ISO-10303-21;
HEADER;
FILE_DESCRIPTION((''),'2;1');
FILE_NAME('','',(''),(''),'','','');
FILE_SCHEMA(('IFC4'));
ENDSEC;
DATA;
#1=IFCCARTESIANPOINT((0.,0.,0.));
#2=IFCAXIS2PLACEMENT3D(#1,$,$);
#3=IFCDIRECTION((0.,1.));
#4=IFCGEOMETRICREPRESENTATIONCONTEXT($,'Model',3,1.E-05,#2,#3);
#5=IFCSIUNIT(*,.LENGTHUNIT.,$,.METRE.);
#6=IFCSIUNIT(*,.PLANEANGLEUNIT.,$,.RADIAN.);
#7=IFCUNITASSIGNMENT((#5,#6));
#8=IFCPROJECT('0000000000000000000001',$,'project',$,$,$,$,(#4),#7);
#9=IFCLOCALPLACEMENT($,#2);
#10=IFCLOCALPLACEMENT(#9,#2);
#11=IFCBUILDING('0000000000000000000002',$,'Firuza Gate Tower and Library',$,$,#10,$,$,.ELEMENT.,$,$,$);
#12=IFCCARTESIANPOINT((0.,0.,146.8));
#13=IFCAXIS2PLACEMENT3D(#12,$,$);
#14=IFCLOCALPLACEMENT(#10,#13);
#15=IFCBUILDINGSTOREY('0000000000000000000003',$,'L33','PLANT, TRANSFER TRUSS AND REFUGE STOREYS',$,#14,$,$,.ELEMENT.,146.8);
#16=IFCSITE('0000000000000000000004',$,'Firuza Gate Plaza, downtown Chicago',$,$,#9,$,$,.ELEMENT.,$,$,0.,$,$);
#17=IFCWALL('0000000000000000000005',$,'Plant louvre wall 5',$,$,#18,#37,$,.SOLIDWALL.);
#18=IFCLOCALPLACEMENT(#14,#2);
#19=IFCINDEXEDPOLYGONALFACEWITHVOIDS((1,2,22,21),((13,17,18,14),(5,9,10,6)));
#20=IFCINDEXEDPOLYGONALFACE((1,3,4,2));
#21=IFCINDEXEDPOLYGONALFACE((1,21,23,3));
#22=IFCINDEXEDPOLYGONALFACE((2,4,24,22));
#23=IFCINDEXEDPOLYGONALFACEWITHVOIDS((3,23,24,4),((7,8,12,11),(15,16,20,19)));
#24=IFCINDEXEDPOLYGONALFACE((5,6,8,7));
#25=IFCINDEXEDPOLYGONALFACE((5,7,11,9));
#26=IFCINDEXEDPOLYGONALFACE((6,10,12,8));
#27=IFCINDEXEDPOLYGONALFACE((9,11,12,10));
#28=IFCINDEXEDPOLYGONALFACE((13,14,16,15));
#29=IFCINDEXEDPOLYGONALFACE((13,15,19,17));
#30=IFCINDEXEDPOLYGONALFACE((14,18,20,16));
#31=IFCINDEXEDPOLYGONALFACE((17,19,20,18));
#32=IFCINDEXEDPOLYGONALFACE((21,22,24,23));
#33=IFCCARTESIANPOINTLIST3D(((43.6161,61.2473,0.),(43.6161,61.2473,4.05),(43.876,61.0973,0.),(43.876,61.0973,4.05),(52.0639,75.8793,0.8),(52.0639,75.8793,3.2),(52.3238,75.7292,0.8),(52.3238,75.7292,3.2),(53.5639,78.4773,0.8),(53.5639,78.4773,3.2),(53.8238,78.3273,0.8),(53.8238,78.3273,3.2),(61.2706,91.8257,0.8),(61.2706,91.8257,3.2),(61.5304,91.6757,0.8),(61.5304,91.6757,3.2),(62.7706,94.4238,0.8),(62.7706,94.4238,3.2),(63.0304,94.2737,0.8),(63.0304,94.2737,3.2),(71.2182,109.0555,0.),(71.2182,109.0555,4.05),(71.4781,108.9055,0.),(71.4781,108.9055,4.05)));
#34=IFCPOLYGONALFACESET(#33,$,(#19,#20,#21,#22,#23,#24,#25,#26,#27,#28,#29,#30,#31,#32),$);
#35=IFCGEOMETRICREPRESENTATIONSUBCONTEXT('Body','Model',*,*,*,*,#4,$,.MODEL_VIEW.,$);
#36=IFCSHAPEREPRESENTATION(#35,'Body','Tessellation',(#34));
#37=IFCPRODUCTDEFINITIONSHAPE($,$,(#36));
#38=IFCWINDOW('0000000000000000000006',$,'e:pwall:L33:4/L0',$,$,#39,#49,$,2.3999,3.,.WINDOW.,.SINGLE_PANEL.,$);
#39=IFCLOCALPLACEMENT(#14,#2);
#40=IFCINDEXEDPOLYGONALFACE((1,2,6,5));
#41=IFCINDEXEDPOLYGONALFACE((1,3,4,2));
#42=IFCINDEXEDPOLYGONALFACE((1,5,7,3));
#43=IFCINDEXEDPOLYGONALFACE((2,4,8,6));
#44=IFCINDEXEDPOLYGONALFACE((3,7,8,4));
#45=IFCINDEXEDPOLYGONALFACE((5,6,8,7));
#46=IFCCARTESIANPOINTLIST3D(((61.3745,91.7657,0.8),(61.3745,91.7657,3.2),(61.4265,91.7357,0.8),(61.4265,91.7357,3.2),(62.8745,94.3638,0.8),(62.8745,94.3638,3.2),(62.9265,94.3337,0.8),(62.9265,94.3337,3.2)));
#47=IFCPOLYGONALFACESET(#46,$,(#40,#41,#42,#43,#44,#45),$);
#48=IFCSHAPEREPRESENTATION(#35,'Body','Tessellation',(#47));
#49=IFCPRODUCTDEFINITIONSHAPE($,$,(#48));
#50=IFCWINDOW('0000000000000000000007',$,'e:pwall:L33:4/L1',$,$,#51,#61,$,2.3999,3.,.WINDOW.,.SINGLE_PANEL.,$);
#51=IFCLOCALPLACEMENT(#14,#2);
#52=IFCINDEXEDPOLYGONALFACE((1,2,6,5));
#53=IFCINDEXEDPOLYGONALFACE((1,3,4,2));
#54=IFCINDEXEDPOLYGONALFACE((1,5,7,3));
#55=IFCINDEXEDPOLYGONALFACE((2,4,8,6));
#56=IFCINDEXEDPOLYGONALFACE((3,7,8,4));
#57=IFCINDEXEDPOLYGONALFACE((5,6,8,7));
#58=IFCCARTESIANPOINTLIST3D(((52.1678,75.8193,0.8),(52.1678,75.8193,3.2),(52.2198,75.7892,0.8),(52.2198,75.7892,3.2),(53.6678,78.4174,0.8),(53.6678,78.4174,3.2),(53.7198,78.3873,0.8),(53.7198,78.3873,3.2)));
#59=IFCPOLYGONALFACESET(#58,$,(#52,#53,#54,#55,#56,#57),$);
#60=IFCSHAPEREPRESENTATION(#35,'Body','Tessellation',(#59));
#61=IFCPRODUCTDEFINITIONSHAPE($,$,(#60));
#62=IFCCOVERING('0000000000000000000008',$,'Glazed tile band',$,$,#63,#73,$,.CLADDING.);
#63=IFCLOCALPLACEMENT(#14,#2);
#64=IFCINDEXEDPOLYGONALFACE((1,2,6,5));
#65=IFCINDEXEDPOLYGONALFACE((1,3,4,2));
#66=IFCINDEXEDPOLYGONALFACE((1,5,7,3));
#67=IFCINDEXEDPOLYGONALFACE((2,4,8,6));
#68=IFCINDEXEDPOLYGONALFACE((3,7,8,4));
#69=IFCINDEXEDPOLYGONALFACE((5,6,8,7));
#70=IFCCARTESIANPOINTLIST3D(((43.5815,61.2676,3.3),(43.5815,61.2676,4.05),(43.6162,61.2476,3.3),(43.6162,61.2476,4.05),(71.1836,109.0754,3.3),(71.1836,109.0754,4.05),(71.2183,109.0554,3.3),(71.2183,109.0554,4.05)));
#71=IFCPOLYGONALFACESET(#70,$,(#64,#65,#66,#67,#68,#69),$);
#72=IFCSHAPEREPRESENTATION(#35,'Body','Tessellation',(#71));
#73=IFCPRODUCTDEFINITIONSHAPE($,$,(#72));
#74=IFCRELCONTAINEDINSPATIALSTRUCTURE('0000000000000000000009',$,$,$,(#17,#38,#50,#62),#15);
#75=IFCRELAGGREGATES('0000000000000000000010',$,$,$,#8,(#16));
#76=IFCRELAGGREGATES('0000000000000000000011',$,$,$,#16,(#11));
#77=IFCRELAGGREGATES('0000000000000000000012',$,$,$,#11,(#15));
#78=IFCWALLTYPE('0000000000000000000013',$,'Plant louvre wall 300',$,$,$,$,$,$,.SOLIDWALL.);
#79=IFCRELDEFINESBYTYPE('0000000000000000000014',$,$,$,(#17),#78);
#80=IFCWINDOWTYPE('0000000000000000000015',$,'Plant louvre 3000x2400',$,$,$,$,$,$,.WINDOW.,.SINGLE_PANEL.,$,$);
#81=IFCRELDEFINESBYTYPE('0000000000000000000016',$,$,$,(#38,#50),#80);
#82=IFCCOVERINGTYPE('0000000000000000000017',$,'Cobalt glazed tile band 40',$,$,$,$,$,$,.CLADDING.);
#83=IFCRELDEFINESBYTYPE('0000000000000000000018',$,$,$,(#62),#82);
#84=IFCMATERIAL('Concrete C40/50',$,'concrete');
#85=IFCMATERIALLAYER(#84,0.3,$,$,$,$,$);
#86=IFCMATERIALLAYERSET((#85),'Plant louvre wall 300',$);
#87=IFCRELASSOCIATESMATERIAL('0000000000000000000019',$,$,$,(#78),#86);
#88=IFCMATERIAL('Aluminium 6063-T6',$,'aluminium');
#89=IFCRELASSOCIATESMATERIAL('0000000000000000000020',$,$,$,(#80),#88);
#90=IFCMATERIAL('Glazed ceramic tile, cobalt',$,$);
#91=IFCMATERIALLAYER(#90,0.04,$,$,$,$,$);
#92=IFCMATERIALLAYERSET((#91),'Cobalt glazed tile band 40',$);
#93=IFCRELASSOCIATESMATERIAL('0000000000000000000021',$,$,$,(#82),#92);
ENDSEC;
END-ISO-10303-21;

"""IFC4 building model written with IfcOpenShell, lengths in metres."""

from ifc_helpers import new_model, si_unit, direction, frame, frame_2d, origin, place, context, subcontext, project, spatial, polyline, rectangle, outline, extrude, material, layer, layer_set, type_object, element, fill, save


model = new_model("IFC4")

# Units and contexts
model_context = context("Model", 3, precision=1e-05, world=origin(), true_north=direction((0.0, 1.0)))
body_context = subcontext(model_context, "Body", "Model", "MODEL_VIEW")
ifc_project = project(units=[si_unit("LENGTHUNIT", "METRE"), si_unit("PLANEANGLEUNIT", "RADIAN")], contexts=[model_context])

# Site, building, storey
site_placement = place(None, origin())
site = spatial("IfcSite", under=ifc_project, at=site_placement, Name="Firuza Gate Plaza, downtown Chicago", CompositionType="ELEMENT", RefElevation=0.0)
building_placement = place(site_placement, origin())
building = spatial("IfcBuilding", under=site, at=building_placement, Name="Firuza Gate Tower and Library", CompositionType="ELEMENT")
storey_placement = place(building_placement, frame((0.0, 0.0, 146.8)))
storey = spatial("IfcBuildingStorey", under=building, at=storey_placement, Name="L33", Description="PLANT, TRANSFER TRUSS AND REFUGE STOREYS", CompositionType="ELEMENT", Elevation=146.8)

# Wall, openings, windows
ifc_material_1 = material(Name="Concrete C40/50", Category="concrete")
ifc_layer_1 = layer(ifc_material_1, 0.3)
ifc_layer_set_1 = layer_set([ifc_layer_1], Name="Plant louvre wall 300")
wall_type_1 = type_object("IfcWallType", Name="Plant louvre wall 300", PredefinedType="SOLIDWALL", material=ifc_layer_set_1)
wall_1_placement = place(storey_placement, frame((71.3481, 108.9805, 0.0), z_axis=(0.0, 0.0, 1.0), x_axis=(-0.5, -0.866025, 0.0)))
wall_1 = element("IfcWall", 1, at=wall_1_placement, inside=storey, type_object=wall_type_1, Name="Plant louvre wall 5", PredefinedType="SOLIDWALL", context=body_context, shape_type="SweptSolid", body=[
    extrude(rectangle(XDim=55.2041, YDim=0.3, at=frame_2d((27.6021, 0.0))), origin(), (0.0, 0.0, 1.0), 4.05),
])
opening_1_placement = place(wall_1_placement, frame((16.8953, 0.0, 0.8)))
opening_1 = element("IfcOpeningElement", 2, at=opening_1_placement, cuts=wall_1, PredefinedType="OPENING", context=body_context, shape_type="SweptSolid", body=[
    extrude(rectangle(XDim=3.0, YDim=2.3999, at=frame_2d((1.5, 1.2))), frame((0.0, 0.1602, 0.0), z_axis=(0.0, -1.0, 0.0), x_axis=(1.0, 0.0, 0.0)), (0.0, 0.0, 1.0), 0.3201),
])
opening_2_placement = place(wall_1_placement, frame((35.3086, 0.0, 0.8)))
opening_2 = element("IfcOpeningElement", 3, at=opening_2_placement, cuts=wall_1, PredefinedType="OPENING", context=body_context, shape_type="SweptSolid", body=[
    extrude(rectangle(XDim=3.0, YDim=2.3999, at=frame_2d((1.5, 1.2))), frame((0.0, 0.1602, 0.0), z_axis=(0.0, -1.0, 0.0), x_axis=(1.0, 0.0, 0.0)), (0.0, 0.0, 1.0), 0.3201),
])
ifc_material_2 = material(Name="Aluminium 6063-T6", Category="aluminium")
window_type = type_object("IfcWindowType", Name="Plant louvre 3000x2400", PartitioningType="SINGLE_PANEL", PredefinedType="WINDOW", material=ifc_material_2)
window_1_placement = place(opening_1_placement, origin())
window_1 = element("IfcWindow", 4, at=window_1_placement, inside=storey, type_object=window_type, Name="e:pwall:L33:4/L0", OverallHeight=2.3999, OverallWidth=3.0, PartitioningType="SINGLE_PANEL", PredefinedType="WINDOW", context=body_context, shape_type="SweptSolid", body=[
    extrude(rectangle(XDim=3.0, YDim=2.3999, at=frame_2d((1.5, 1.2))), frame((0.0, 0.03, 0.0), z_axis=(0.0, -1.0, 0.0), x_axis=(1.0, 0.0, 0.0)), (0.0, 0.0, 1.0), 0.0601),
])
fill(opening_1, window_1)
window_2_placement = place(opening_2_placement, origin())
window_2 = element("IfcWindow", 5, at=window_2_placement, inside=storey, type_object=window_type, Name="e:pwall:L33:4/L1", OverallHeight=2.3999, OverallWidth=3.0, PartitioningType="SINGLE_PANEL", PredefinedType="WINDOW", context=body_context, shape_type="SweptSolid", body=[
    extrude(rectangle(XDim=3.0, YDim=2.3999, at=frame_2d((1.5, 1.2))), frame((0.0, 0.03, 0.0), z_axis=(0.0, -1.0, 0.0), x_axis=(1.0, 0.0, 0.0)), (0.0, 0.0, 1.0), 0.0601),
])
fill(opening_2, window_2)

# Covering
ifc_material_3 = material(Name="Glazed ceramic tile, cobalt")
ifc_layer_2 = layer(ifc_material_3, 0.04)
ifc_layer_set_2 = layer_set([ifc_layer_2], Name="Cobalt glazed tile band 40")
covering_type = type_object("IfcCoveringType", Name="Cobalt glazed tile band 40", PredefinedType="CLADDING", material=ifc_layer_set_2)
covering_placement = place(storey_placement, frame((71.1836, 109.0754, 3.3), z_axis=(-0.866024, 0.500002, 0.0), x_axis=(-0.500002, -0.866024, 0.0)))
element("IfcCovering", 6, at=covering_placement, inside=storey, type_object=covering_type, Name="Glazed tile band", PredefinedType="CLADDING", context=body_context, shape_type="SweptSolid", body=[
    extrude(outline(polyline([(0.0, 0.0), (55.2038, 0.0), (55.2038, 0.75), (0.0, 0.75), (0.0, 0.0)])), origin(), (0.0, 0.0, -1.0), 0.04),
])

save(model, "model.ifc")
